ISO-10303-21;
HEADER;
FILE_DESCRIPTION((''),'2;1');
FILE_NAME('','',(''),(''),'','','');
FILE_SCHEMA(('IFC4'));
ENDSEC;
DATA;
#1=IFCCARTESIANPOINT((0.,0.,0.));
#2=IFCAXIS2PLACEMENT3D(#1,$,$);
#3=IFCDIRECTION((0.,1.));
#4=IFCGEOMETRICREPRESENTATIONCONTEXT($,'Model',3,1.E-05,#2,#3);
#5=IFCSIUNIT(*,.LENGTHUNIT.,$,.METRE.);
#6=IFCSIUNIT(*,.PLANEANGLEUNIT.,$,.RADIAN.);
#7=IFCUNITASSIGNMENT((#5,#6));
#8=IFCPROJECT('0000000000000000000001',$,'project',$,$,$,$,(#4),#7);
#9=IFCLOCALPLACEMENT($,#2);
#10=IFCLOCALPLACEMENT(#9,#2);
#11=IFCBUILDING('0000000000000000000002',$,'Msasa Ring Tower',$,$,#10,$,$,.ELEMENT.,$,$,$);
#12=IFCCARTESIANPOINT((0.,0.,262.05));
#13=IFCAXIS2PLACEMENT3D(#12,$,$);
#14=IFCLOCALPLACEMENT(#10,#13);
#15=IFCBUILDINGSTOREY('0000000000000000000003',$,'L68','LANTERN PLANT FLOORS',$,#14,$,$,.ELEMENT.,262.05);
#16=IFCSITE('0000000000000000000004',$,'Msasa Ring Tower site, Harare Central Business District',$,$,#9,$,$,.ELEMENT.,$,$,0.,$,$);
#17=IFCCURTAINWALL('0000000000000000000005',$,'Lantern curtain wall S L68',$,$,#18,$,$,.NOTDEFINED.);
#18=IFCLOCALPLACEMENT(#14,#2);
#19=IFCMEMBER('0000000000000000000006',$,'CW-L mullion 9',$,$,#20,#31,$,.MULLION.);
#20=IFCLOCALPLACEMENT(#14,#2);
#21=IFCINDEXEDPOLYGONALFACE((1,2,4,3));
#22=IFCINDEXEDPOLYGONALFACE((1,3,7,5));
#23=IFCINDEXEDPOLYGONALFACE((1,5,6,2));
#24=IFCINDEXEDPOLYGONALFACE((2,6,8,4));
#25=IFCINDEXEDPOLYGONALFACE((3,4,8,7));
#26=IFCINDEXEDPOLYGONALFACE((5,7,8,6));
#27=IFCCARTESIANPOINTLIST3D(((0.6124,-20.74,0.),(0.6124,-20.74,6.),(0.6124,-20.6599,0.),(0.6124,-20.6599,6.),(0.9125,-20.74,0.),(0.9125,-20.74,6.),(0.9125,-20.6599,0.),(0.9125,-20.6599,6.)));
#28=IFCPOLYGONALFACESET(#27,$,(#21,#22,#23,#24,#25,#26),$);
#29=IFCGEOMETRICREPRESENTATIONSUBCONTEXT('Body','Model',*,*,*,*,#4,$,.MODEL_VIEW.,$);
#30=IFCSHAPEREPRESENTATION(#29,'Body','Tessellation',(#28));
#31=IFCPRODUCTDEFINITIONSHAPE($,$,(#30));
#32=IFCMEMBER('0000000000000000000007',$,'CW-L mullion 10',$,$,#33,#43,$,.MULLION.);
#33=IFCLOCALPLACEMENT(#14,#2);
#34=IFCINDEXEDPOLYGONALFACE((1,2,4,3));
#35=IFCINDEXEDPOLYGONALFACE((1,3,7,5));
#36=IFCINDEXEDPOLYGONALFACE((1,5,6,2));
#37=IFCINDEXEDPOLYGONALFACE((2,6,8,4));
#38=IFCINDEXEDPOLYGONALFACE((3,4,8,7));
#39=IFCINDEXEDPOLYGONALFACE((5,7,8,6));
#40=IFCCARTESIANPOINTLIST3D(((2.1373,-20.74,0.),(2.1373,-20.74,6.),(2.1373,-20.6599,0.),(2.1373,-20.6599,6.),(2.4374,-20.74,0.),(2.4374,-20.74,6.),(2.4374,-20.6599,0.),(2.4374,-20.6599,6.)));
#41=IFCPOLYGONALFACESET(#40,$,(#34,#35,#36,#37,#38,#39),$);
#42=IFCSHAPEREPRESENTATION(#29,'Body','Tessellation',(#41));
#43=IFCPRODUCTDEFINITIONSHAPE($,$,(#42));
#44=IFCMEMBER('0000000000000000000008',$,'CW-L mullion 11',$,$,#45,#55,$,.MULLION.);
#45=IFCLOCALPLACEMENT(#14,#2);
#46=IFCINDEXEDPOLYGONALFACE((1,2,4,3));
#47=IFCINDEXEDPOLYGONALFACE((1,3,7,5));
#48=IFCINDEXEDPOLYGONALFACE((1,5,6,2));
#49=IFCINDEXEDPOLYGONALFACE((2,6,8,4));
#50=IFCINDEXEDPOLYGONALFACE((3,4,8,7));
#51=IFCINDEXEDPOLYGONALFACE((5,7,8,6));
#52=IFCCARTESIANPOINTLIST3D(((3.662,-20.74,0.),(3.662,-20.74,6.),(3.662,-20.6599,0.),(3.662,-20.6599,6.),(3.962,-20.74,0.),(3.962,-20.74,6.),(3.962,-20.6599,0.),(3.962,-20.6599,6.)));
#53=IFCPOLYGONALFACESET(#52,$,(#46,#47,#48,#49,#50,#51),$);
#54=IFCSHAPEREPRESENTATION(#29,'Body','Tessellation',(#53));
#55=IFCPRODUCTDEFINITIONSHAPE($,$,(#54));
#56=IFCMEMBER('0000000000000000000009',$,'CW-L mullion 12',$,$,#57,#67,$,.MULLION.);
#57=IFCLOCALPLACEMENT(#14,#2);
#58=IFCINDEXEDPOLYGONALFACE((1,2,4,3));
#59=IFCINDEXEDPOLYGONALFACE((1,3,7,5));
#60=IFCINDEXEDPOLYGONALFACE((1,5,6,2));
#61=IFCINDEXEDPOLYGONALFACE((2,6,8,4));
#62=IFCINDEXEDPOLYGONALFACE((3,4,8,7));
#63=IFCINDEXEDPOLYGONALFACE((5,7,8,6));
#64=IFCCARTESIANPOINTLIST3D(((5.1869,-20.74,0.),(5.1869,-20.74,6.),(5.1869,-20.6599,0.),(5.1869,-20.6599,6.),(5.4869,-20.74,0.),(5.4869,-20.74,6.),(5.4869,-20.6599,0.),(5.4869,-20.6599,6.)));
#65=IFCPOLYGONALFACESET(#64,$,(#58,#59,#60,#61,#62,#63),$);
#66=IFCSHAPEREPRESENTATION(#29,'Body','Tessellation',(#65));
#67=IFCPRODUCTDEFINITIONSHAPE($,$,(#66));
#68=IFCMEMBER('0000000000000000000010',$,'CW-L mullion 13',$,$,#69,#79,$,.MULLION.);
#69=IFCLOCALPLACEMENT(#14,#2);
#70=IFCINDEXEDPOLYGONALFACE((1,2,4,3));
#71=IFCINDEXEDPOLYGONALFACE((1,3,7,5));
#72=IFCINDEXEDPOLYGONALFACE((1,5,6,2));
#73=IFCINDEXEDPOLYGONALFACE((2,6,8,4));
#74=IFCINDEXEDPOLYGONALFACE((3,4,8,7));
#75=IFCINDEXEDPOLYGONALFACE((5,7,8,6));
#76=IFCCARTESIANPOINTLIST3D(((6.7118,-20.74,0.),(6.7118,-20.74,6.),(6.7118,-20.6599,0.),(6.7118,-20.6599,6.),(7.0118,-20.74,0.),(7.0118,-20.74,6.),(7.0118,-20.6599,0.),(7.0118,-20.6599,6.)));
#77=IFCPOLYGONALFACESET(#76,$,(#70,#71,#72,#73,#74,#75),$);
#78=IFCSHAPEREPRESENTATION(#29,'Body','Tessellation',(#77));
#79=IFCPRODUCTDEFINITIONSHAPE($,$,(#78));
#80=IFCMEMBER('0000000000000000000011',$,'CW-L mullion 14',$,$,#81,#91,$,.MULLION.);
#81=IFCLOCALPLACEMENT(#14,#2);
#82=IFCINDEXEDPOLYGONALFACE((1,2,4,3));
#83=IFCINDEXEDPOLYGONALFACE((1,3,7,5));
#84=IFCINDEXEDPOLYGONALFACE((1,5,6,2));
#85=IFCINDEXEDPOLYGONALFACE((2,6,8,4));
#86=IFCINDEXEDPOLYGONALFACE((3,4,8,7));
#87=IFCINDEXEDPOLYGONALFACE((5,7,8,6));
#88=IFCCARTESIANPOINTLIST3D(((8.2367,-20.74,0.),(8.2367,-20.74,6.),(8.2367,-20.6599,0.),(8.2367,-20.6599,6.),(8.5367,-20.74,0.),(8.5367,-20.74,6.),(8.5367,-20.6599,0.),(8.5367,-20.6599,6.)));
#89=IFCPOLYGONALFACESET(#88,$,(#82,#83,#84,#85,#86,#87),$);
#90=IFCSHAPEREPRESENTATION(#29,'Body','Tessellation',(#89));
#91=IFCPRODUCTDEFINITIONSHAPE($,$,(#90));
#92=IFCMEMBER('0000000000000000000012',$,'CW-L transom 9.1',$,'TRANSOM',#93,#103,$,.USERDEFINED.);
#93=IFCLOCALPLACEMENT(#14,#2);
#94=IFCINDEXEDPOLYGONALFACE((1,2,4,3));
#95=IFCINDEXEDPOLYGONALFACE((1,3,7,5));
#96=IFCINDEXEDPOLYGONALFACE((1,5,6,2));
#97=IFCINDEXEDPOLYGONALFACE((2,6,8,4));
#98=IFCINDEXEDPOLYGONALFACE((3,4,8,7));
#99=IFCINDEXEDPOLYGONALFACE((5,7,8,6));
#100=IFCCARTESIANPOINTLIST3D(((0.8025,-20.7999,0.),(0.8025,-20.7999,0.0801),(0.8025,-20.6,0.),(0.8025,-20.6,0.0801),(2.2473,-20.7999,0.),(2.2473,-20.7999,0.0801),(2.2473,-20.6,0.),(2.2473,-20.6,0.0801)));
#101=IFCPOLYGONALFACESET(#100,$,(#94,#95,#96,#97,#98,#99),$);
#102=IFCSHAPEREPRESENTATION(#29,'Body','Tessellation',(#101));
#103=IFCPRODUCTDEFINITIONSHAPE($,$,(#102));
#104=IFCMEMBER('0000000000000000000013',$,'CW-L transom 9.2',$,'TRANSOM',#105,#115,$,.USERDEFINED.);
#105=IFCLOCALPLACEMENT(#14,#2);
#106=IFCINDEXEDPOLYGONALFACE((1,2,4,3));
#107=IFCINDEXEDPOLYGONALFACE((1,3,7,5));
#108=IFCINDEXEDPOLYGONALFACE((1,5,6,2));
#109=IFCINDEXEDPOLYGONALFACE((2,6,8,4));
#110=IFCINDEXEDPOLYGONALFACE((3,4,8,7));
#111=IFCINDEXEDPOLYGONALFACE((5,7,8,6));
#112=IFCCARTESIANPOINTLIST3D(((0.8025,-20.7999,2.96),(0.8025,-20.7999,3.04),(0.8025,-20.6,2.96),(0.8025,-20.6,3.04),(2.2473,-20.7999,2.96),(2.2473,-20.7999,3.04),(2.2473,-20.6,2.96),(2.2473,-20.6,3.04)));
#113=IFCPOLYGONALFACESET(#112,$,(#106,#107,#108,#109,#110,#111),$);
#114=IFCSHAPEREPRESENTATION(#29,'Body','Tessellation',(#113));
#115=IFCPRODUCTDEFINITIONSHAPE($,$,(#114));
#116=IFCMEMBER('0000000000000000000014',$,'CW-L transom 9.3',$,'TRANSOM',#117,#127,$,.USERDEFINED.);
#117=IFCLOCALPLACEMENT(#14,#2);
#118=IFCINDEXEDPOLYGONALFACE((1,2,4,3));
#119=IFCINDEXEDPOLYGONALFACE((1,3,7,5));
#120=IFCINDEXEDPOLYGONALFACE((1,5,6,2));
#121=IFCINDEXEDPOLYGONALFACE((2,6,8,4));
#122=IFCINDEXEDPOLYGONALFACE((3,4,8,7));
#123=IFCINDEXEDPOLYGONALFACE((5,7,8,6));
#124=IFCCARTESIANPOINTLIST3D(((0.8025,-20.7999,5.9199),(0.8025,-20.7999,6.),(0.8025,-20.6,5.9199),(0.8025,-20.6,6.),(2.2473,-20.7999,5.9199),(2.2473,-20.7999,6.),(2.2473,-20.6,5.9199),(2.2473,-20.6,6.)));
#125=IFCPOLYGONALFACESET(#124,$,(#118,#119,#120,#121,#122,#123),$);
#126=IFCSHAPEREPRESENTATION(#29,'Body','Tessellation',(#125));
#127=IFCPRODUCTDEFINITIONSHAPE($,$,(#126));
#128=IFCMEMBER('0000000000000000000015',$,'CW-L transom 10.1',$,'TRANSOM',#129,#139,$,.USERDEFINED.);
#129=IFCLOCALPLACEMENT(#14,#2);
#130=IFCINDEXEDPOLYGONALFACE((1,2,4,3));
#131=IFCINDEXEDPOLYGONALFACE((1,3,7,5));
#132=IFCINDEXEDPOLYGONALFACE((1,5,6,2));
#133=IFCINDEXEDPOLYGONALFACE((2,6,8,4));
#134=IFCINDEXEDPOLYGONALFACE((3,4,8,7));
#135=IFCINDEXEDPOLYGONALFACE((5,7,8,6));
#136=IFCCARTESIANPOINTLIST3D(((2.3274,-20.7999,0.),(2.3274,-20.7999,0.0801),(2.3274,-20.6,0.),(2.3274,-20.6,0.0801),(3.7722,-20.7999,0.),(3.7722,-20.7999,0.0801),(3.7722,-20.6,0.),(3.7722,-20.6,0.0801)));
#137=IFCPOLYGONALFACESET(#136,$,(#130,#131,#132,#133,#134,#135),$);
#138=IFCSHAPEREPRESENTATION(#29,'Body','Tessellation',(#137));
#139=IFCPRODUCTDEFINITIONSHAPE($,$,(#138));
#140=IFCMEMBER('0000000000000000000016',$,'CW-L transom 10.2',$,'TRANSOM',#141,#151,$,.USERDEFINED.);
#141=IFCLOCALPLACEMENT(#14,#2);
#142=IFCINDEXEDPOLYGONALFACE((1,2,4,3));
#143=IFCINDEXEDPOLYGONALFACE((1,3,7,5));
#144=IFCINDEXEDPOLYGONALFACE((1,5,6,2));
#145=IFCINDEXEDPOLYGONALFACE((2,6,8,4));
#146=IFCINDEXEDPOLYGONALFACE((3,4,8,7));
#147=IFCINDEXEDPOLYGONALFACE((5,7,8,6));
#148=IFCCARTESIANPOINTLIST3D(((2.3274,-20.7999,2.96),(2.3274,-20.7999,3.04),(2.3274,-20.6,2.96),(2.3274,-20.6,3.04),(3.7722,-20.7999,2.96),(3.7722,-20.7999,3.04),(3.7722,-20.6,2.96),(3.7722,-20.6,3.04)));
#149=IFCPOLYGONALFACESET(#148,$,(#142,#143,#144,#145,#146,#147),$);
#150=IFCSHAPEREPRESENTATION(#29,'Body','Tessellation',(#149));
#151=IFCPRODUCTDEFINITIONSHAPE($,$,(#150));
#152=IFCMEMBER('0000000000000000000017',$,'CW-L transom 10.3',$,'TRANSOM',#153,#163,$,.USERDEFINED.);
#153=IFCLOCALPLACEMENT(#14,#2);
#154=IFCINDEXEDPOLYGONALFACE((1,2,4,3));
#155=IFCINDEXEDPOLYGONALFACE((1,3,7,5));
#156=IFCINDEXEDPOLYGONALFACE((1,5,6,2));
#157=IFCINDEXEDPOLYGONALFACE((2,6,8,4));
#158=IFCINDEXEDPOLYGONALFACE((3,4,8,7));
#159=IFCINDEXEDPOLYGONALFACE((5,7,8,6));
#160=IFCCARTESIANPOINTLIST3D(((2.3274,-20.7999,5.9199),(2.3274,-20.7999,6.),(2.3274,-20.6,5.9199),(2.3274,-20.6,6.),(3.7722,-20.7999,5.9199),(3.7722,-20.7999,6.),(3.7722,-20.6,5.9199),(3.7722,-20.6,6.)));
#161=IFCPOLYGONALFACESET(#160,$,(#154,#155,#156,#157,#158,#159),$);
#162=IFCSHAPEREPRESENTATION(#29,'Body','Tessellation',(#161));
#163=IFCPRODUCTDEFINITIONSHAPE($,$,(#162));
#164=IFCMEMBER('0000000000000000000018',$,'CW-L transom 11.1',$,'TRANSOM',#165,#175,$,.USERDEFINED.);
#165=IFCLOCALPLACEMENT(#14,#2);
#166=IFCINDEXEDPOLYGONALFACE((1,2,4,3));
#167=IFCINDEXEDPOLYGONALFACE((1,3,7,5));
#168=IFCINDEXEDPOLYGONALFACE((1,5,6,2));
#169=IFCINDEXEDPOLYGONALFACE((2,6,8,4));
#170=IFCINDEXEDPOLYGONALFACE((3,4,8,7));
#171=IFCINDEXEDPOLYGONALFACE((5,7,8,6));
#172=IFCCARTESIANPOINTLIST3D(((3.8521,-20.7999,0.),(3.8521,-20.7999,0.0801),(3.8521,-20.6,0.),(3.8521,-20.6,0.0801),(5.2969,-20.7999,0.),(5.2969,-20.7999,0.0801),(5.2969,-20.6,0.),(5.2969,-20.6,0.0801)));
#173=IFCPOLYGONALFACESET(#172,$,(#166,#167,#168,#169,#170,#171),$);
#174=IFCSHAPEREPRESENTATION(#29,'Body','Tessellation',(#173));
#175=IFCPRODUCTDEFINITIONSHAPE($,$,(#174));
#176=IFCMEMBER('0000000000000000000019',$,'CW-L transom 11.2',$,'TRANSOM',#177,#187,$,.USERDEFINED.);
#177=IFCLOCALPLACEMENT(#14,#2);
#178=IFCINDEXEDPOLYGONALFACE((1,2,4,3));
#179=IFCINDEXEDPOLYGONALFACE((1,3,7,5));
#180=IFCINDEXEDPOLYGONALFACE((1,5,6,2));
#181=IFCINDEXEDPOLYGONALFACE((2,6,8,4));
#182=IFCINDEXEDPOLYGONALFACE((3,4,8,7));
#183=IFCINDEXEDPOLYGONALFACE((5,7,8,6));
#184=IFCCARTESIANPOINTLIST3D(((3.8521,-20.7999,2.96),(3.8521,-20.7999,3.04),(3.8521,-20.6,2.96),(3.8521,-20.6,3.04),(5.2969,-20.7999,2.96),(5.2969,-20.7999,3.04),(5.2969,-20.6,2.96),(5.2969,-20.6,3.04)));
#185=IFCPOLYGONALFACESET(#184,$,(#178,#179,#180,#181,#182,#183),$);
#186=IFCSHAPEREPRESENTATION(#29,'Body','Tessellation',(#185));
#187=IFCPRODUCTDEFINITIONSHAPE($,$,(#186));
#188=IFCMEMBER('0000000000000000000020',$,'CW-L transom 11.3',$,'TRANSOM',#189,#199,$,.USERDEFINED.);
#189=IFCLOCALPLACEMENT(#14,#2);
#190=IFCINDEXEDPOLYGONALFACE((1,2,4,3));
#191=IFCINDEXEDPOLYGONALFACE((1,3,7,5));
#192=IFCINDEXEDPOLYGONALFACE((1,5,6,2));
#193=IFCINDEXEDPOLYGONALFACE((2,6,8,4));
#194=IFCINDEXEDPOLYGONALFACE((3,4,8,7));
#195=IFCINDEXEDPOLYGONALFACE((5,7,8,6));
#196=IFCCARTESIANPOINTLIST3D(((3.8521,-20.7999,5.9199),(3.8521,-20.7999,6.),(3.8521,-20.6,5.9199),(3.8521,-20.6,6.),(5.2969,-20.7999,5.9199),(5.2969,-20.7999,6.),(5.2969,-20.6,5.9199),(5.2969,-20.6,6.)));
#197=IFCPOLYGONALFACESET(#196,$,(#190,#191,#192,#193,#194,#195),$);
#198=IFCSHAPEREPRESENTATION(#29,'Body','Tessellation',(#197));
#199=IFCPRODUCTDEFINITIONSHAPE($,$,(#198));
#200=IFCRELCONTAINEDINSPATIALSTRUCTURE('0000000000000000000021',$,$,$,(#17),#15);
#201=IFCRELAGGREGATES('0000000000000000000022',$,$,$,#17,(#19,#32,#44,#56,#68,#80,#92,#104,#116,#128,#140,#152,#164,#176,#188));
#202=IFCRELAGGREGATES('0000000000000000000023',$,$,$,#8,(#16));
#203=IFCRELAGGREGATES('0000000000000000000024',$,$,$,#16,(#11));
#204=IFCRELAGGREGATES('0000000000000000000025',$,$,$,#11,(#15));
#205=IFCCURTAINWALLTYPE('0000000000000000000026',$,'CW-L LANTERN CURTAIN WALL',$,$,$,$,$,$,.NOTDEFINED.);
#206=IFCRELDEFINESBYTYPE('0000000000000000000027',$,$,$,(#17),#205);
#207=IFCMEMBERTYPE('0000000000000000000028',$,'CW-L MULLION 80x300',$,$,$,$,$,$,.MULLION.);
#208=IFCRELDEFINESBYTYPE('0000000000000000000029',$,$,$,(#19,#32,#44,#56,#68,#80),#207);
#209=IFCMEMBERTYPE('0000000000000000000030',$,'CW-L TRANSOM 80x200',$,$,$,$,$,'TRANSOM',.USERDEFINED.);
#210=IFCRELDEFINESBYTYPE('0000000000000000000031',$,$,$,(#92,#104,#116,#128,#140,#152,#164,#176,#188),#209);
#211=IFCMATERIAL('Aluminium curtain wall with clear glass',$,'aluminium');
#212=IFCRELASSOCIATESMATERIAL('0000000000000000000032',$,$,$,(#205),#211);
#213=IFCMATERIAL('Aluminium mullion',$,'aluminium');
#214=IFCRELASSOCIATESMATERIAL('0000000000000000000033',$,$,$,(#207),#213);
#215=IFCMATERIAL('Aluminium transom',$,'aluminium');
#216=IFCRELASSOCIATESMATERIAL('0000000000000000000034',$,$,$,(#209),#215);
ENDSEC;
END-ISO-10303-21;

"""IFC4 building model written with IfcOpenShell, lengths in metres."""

from ifc_helpers import new_model, si_unit, direction, frame, origin, origin_2d, place, context, subcontext, project, spatial, rectangle, extrude, material, material_profile, profile_set, type_object, element, aggregate, save


model = new_model("IFC4")

# Units and contexts
model_context = context("Model", 3, precision=1e-05, world=origin(), true_north=direction((0.0, 1.0)))
body_context = subcontext(model_context, "Body", "Model", "MODEL_VIEW")
ifc_project = project(units=[si_unit("LENGTHUNIT", "METRE"), si_unit("PLANEANGLEUNIT", "RADIAN")], contexts=[model_context])

# Site, building, storey
site_placement = place(None, origin())
site = spatial("IfcSite", under=ifc_project, at=site_placement, Name="Msasa Ring Tower site, Harare Central Business District", CompositionType="ELEMENT", RefElevation=0.0)
building_placement = place(site_placement, origin())
building = spatial("IfcBuilding", under=site, at=building_placement, Name="Msasa Ring Tower", CompositionType="ELEMENT")
storey_placement = place(building_placement, frame((0.0, 0.0, 262.05)))
storey = spatial("IfcBuildingStorey", under=building, at=storey_placement, Name="L68", Description="LANTERN PLANT FLOORS", CompositionType="ELEMENT", Elevation=262.05)

# Curtain wall, members
ifc_material_1 = material(Name="Aluminium curtain wall with clear glass", Category="aluminium")
curtain_wall_type = type_object("IfcCurtainWallType", Name="CW-L LANTERN CURTAIN WALL", PredefinedType="NOTDEFINED", material=ifc_material_1)
curtain_wall_placement = place(storey_placement, origin())
curtain_wall = element("IfcCurtainWall", 1, at=curtain_wall_placement, inside=storey, type_object=curtain_wall_type, Name="Lantern curtain wall S L68", PredefinedType="NOTDEFINED")
ifc_material_2 = material(Name="Aluminium mullion", Category="aluminium")
ifc_material_profile_1 = material_profile(ifc_material_2, rectangle(XDim=0.0801, YDim=0.3, at=origin_2d()), Name="AL 80x300")
ifc_profile_set_1 = profile_set([ifc_material_profile_1], Name="Aluminium mullion")
member_type_1 = type_object("IfcMemberType", Name="CW-L MULLION 80x300", PredefinedType="MULLION", material=ifc_profile_set_1)
member_1_placement = place(storey_placement, frame((0.7625, -20.7, 0.0), z_axis=(0.0, 0.0, 1.0), x_axis=(0.0, 1.0, 0.0)))
member_1 = element("IfcMember", 2, at=member_1_placement, type_object=member_type_1, Name="CW-L mullion 9", PredefinedType="MULLION", context=body_context, shape_type="SweptSolid", body=[
    extrude(rectangle(XDim=0.0801, YDim=0.3, at=origin_2d()), origin(), (0.0, 0.0, 1.0), 6.0),
])
member_2_placement = place(storey_placement, frame((2.2874, -20.7, 0.0), z_axis=(0.0, 0.0, 1.0), x_axis=(0.0, 1.0, 0.0)))
member_2 = element("IfcMember", 3, at=member_2_placement, type_object=member_type_1, Name="CW-L mullion 10", PredefinedType="MULLION", context=body_context, shape_type="SweptSolid", body=[
    extrude(rectangle(XDim=0.0801, YDim=0.3, at=origin_2d()), origin(), (0.0, 0.0, 1.0), 6.0),
])
member_3_placement = place(storey_placement, frame((3.812, -20.7, 0.0), z_axis=(0.0, 0.0, 1.0), x_axis=(0.0, 1.0, 0.0)))
member_3 = element("IfcMember", 4, at=member_3_placement, type_object=member_type_1, Name="CW-L mullion 11", PredefinedType="MULLION", context=body_context, shape_type="SweptSolid", body=[
    extrude(rectangle(XDim=0.0801, YDim=0.3, at=origin_2d()), origin(), (0.0, 0.0, 1.0), 6.0),
])
member_4_placement = place(storey_placement, frame((5.3369, -20.7, 0.0), z_axis=(0.0, 0.0, 1.0), x_axis=(0.0, 1.0, 0.0)))
member_4 = element("IfcMember", 5, at=member_4_placement, type_object=member_type_1, Name="CW-L mullion 12", PredefinedType="MULLION", context=body_context, shape_type="SweptSolid", body=[
    extrude(rectangle(XDim=0.0801, YDim=0.3, at=origin_2d()), origin(), (0.0, 0.0, 1.0), 6.0),
])
member_5_placement = place(storey_placement, frame((6.8618, -20.7, 0.0), z_axis=(0.0, 0.0, 1.0), x_axis=(0.0, 1.0, 0.0)))
member_5 = element("IfcMember", 6, at=member_5_placement, type_object=member_type_1, Name="CW-L mullion 13", PredefinedType="MULLION", context=body_context, shape_type="SweptSolid", body=[
    extrude(rectangle(XDim=0.0801, YDim=0.3, at=origin_2d()), origin(), (0.0, 0.0, 1.0), 6.0),
])
member_6_placement = place(storey_placement, frame((8.3867, -20.7, 0.0), z_axis=(0.0, 0.0, 1.0), x_axis=(0.0, 1.0, 0.0)))
member_6 = element("IfcMember", 7, at=member_6_placement, type_object=member_type_1, Name="CW-L mullion 14", PredefinedType="MULLION", context=body_context, shape_type="SweptSolid", body=[
    extrude(rectangle(XDim=0.0801, YDim=0.3, at=origin_2d()), origin(), (0.0, 0.0, 1.0), 6.0),
])
ifc_material_3 = material(Name="Aluminium transom", Category="aluminium")
ifc_material_profile_2 = material_profile(ifc_material_3, rectangle(XDim=0.2, YDim=0.0801, at=origin_2d()), Name="AL 80x200")
ifc_profile_set_2 = profile_set([ifc_material_profile_2], Name="Aluminium transom")
member_type_2 = type_object("IfcMemberType", Name="CW-L TRANSOM 80x200", ElementType="TRANSOM", PredefinedType="USERDEFINED", material=ifc_profile_set_2)
member_7_placement = place(storey_placement, frame((0.8025, -20.7, 0.04), z_axis=(1.0, 0.0, 0.0), x_axis=(0.0, 1.0, 0.0)))
member_7 = element("IfcMember", 8, at=member_7_placement, type_object=member_type_2, Name="CW-L transom 9.1", ObjectType="TRANSOM", PredefinedType="USERDEFINED", context=body_context, shape_type="SweptSolid", body=[
    extrude(rectangle(XDim=0.2, YDim=0.0801, at=origin_2d()), origin(), (0.0, 0.0, 1.0), 1.4448),
])
member_8_placement = place(storey_placement, frame((0.8025, -20.7, 3.0), z_axis=(1.0, 0.0, 0.0), x_axis=(0.0, 1.0, 0.0)))
member_8 = element("IfcMember", 9, at=member_8_placement, type_object=member_type_2, Name="CW-L transom 9.2", ObjectType="TRANSOM", PredefinedType="USERDEFINED", context=body_context, shape_type="SweptSolid", body=[
    extrude(rectangle(XDim=0.2, YDim=0.0801, at=origin_2d()), origin(), (0.0, 0.0, 1.0), 1.4448),
])
member_9_placement = place(storey_placement, frame((0.8025, -20.7, 5.96), z_axis=(1.0, 0.0, 0.0), x_axis=(0.0, 1.0, 0.0)))
member_9 = element("IfcMember", 10, at=member_9_placement, type_object=member_type_2, Name="CW-L transom 9.3", ObjectType="TRANSOM", PredefinedType="USERDEFINED", context=body_context, shape_type="SweptSolid", body=[
    extrude(rectangle(XDim=0.2, YDim=0.0801, at=origin_2d()), origin(), (0.0, 0.0, 1.0), 1.4448),
])
member_10_placement = place(storey_placement, frame((2.3274, -20.7, 0.04), z_axis=(1.0, 0.0, 0.0), x_axis=(0.0, 1.0, 0.0)))
member_10 = element("IfcMember", 11, at=member_10_placement, type_object=member_type_2, Name="CW-L transom 10.1", ObjectType="TRANSOM", PredefinedType="USERDEFINED", context=body_context, shape_type="SweptSolid", body=[
    extrude(rectangle(XDim=0.2, YDim=0.0801, at=origin_2d()), origin(), (0.0, 0.0, 1.0), 1.4448),
])
member_11_placement = place(storey_placement, frame((2.3274, -20.7, 3.0), z_axis=(1.0, 0.0, 0.0), x_axis=(0.0, 1.0, 0.0)))
member_11 = element("IfcMember", 12, at=member_11_placement, type_object=member_type_2, Name="CW-L transom 10.2", ObjectType="TRANSOM", PredefinedType="USERDEFINED", context=body_context, shape_type="SweptSolid", body=[
    extrude(rectangle(XDim=0.2, YDim=0.0801, at=origin_2d()), origin(), (0.0, 0.0, 1.0), 1.4448),
])
member_12_placement = place(storey_placement, frame((2.3274, -20.7, 5.96), z_axis=(1.0, 0.0, 0.0), x_axis=(0.0, 1.0, 0.0)))
member_12 = element("IfcMember", 13, at=member_12_placement, type_object=member_type_2, Name="CW-L transom 10.3", ObjectType="TRANSOM", PredefinedType="USERDEFINED", context=body_context, shape_type="SweptSolid", body=[
    extrude(rectangle(XDim=0.2, YDim=0.0801, at=origin_2d()), origin(), (0.0, 0.0, 1.0), 1.4448),
])
member_13_placement = place(storey_placement, frame((3.8521, -20.7, 0.04), z_axis=(1.0, 0.0, 0.0), x_axis=(0.0, 1.0, 0.0)))
member_13 = element("IfcMember", 14, at=member_13_placement, type_object=member_type_2, Name="CW-L transom 11.1", ObjectType="TRANSOM", PredefinedType="USERDEFINED", context=body_context, shape_type="SweptSolid", body=[
    extrude(rectangle(XDim=0.2, YDim=0.0801, at=origin_2d()), origin(), (0.0, 0.0, 1.0), 1.4448),
])
member_14_placement = place(storey_placement, frame((3.8521, -20.7, 3.0), z_axis=(1.0, 0.0, 0.0), x_axis=(0.0, 1.0, 0.0)))
member_14 = element("IfcMember", 15, at=member_14_placement, type_object=member_type_2, Name="CW-L transom 11.2", ObjectType="TRANSOM", PredefinedType="USERDEFINED", context=body_context, shape_type="SweptSolid", body=[
    extrude(rectangle(XDim=0.2, YDim=0.0801, at=origin_2d()), origin(), (0.0, 0.0, 1.0), 1.4448),
])
member_15_placement = place(storey_placement, frame((3.8521, -20.7, 5.96), z_axis=(1.0, 0.0, 0.0), x_axis=(0.0, 1.0, 0.0)))
member_15 = element("IfcMember", 16, at=member_15_placement, type_object=member_type_2, Name="CW-L transom 11.3", ObjectType="TRANSOM", PredefinedType="USERDEFINED", context=body_context, shape_type="SweptSolid", body=[
    extrude(rectangle(XDim=0.2, YDim=0.0801, at=origin_2d()), origin(), (0.0, 0.0, 1.0), 1.4448),
])
aggregate(curtain_wall, [member_1, member_2, member_3, member_4, member_5, member_6, member_7, member_8, member_9, member_10, member_11, member_12, member_13, member_14, member_15])

save(model, "model.ifc")
